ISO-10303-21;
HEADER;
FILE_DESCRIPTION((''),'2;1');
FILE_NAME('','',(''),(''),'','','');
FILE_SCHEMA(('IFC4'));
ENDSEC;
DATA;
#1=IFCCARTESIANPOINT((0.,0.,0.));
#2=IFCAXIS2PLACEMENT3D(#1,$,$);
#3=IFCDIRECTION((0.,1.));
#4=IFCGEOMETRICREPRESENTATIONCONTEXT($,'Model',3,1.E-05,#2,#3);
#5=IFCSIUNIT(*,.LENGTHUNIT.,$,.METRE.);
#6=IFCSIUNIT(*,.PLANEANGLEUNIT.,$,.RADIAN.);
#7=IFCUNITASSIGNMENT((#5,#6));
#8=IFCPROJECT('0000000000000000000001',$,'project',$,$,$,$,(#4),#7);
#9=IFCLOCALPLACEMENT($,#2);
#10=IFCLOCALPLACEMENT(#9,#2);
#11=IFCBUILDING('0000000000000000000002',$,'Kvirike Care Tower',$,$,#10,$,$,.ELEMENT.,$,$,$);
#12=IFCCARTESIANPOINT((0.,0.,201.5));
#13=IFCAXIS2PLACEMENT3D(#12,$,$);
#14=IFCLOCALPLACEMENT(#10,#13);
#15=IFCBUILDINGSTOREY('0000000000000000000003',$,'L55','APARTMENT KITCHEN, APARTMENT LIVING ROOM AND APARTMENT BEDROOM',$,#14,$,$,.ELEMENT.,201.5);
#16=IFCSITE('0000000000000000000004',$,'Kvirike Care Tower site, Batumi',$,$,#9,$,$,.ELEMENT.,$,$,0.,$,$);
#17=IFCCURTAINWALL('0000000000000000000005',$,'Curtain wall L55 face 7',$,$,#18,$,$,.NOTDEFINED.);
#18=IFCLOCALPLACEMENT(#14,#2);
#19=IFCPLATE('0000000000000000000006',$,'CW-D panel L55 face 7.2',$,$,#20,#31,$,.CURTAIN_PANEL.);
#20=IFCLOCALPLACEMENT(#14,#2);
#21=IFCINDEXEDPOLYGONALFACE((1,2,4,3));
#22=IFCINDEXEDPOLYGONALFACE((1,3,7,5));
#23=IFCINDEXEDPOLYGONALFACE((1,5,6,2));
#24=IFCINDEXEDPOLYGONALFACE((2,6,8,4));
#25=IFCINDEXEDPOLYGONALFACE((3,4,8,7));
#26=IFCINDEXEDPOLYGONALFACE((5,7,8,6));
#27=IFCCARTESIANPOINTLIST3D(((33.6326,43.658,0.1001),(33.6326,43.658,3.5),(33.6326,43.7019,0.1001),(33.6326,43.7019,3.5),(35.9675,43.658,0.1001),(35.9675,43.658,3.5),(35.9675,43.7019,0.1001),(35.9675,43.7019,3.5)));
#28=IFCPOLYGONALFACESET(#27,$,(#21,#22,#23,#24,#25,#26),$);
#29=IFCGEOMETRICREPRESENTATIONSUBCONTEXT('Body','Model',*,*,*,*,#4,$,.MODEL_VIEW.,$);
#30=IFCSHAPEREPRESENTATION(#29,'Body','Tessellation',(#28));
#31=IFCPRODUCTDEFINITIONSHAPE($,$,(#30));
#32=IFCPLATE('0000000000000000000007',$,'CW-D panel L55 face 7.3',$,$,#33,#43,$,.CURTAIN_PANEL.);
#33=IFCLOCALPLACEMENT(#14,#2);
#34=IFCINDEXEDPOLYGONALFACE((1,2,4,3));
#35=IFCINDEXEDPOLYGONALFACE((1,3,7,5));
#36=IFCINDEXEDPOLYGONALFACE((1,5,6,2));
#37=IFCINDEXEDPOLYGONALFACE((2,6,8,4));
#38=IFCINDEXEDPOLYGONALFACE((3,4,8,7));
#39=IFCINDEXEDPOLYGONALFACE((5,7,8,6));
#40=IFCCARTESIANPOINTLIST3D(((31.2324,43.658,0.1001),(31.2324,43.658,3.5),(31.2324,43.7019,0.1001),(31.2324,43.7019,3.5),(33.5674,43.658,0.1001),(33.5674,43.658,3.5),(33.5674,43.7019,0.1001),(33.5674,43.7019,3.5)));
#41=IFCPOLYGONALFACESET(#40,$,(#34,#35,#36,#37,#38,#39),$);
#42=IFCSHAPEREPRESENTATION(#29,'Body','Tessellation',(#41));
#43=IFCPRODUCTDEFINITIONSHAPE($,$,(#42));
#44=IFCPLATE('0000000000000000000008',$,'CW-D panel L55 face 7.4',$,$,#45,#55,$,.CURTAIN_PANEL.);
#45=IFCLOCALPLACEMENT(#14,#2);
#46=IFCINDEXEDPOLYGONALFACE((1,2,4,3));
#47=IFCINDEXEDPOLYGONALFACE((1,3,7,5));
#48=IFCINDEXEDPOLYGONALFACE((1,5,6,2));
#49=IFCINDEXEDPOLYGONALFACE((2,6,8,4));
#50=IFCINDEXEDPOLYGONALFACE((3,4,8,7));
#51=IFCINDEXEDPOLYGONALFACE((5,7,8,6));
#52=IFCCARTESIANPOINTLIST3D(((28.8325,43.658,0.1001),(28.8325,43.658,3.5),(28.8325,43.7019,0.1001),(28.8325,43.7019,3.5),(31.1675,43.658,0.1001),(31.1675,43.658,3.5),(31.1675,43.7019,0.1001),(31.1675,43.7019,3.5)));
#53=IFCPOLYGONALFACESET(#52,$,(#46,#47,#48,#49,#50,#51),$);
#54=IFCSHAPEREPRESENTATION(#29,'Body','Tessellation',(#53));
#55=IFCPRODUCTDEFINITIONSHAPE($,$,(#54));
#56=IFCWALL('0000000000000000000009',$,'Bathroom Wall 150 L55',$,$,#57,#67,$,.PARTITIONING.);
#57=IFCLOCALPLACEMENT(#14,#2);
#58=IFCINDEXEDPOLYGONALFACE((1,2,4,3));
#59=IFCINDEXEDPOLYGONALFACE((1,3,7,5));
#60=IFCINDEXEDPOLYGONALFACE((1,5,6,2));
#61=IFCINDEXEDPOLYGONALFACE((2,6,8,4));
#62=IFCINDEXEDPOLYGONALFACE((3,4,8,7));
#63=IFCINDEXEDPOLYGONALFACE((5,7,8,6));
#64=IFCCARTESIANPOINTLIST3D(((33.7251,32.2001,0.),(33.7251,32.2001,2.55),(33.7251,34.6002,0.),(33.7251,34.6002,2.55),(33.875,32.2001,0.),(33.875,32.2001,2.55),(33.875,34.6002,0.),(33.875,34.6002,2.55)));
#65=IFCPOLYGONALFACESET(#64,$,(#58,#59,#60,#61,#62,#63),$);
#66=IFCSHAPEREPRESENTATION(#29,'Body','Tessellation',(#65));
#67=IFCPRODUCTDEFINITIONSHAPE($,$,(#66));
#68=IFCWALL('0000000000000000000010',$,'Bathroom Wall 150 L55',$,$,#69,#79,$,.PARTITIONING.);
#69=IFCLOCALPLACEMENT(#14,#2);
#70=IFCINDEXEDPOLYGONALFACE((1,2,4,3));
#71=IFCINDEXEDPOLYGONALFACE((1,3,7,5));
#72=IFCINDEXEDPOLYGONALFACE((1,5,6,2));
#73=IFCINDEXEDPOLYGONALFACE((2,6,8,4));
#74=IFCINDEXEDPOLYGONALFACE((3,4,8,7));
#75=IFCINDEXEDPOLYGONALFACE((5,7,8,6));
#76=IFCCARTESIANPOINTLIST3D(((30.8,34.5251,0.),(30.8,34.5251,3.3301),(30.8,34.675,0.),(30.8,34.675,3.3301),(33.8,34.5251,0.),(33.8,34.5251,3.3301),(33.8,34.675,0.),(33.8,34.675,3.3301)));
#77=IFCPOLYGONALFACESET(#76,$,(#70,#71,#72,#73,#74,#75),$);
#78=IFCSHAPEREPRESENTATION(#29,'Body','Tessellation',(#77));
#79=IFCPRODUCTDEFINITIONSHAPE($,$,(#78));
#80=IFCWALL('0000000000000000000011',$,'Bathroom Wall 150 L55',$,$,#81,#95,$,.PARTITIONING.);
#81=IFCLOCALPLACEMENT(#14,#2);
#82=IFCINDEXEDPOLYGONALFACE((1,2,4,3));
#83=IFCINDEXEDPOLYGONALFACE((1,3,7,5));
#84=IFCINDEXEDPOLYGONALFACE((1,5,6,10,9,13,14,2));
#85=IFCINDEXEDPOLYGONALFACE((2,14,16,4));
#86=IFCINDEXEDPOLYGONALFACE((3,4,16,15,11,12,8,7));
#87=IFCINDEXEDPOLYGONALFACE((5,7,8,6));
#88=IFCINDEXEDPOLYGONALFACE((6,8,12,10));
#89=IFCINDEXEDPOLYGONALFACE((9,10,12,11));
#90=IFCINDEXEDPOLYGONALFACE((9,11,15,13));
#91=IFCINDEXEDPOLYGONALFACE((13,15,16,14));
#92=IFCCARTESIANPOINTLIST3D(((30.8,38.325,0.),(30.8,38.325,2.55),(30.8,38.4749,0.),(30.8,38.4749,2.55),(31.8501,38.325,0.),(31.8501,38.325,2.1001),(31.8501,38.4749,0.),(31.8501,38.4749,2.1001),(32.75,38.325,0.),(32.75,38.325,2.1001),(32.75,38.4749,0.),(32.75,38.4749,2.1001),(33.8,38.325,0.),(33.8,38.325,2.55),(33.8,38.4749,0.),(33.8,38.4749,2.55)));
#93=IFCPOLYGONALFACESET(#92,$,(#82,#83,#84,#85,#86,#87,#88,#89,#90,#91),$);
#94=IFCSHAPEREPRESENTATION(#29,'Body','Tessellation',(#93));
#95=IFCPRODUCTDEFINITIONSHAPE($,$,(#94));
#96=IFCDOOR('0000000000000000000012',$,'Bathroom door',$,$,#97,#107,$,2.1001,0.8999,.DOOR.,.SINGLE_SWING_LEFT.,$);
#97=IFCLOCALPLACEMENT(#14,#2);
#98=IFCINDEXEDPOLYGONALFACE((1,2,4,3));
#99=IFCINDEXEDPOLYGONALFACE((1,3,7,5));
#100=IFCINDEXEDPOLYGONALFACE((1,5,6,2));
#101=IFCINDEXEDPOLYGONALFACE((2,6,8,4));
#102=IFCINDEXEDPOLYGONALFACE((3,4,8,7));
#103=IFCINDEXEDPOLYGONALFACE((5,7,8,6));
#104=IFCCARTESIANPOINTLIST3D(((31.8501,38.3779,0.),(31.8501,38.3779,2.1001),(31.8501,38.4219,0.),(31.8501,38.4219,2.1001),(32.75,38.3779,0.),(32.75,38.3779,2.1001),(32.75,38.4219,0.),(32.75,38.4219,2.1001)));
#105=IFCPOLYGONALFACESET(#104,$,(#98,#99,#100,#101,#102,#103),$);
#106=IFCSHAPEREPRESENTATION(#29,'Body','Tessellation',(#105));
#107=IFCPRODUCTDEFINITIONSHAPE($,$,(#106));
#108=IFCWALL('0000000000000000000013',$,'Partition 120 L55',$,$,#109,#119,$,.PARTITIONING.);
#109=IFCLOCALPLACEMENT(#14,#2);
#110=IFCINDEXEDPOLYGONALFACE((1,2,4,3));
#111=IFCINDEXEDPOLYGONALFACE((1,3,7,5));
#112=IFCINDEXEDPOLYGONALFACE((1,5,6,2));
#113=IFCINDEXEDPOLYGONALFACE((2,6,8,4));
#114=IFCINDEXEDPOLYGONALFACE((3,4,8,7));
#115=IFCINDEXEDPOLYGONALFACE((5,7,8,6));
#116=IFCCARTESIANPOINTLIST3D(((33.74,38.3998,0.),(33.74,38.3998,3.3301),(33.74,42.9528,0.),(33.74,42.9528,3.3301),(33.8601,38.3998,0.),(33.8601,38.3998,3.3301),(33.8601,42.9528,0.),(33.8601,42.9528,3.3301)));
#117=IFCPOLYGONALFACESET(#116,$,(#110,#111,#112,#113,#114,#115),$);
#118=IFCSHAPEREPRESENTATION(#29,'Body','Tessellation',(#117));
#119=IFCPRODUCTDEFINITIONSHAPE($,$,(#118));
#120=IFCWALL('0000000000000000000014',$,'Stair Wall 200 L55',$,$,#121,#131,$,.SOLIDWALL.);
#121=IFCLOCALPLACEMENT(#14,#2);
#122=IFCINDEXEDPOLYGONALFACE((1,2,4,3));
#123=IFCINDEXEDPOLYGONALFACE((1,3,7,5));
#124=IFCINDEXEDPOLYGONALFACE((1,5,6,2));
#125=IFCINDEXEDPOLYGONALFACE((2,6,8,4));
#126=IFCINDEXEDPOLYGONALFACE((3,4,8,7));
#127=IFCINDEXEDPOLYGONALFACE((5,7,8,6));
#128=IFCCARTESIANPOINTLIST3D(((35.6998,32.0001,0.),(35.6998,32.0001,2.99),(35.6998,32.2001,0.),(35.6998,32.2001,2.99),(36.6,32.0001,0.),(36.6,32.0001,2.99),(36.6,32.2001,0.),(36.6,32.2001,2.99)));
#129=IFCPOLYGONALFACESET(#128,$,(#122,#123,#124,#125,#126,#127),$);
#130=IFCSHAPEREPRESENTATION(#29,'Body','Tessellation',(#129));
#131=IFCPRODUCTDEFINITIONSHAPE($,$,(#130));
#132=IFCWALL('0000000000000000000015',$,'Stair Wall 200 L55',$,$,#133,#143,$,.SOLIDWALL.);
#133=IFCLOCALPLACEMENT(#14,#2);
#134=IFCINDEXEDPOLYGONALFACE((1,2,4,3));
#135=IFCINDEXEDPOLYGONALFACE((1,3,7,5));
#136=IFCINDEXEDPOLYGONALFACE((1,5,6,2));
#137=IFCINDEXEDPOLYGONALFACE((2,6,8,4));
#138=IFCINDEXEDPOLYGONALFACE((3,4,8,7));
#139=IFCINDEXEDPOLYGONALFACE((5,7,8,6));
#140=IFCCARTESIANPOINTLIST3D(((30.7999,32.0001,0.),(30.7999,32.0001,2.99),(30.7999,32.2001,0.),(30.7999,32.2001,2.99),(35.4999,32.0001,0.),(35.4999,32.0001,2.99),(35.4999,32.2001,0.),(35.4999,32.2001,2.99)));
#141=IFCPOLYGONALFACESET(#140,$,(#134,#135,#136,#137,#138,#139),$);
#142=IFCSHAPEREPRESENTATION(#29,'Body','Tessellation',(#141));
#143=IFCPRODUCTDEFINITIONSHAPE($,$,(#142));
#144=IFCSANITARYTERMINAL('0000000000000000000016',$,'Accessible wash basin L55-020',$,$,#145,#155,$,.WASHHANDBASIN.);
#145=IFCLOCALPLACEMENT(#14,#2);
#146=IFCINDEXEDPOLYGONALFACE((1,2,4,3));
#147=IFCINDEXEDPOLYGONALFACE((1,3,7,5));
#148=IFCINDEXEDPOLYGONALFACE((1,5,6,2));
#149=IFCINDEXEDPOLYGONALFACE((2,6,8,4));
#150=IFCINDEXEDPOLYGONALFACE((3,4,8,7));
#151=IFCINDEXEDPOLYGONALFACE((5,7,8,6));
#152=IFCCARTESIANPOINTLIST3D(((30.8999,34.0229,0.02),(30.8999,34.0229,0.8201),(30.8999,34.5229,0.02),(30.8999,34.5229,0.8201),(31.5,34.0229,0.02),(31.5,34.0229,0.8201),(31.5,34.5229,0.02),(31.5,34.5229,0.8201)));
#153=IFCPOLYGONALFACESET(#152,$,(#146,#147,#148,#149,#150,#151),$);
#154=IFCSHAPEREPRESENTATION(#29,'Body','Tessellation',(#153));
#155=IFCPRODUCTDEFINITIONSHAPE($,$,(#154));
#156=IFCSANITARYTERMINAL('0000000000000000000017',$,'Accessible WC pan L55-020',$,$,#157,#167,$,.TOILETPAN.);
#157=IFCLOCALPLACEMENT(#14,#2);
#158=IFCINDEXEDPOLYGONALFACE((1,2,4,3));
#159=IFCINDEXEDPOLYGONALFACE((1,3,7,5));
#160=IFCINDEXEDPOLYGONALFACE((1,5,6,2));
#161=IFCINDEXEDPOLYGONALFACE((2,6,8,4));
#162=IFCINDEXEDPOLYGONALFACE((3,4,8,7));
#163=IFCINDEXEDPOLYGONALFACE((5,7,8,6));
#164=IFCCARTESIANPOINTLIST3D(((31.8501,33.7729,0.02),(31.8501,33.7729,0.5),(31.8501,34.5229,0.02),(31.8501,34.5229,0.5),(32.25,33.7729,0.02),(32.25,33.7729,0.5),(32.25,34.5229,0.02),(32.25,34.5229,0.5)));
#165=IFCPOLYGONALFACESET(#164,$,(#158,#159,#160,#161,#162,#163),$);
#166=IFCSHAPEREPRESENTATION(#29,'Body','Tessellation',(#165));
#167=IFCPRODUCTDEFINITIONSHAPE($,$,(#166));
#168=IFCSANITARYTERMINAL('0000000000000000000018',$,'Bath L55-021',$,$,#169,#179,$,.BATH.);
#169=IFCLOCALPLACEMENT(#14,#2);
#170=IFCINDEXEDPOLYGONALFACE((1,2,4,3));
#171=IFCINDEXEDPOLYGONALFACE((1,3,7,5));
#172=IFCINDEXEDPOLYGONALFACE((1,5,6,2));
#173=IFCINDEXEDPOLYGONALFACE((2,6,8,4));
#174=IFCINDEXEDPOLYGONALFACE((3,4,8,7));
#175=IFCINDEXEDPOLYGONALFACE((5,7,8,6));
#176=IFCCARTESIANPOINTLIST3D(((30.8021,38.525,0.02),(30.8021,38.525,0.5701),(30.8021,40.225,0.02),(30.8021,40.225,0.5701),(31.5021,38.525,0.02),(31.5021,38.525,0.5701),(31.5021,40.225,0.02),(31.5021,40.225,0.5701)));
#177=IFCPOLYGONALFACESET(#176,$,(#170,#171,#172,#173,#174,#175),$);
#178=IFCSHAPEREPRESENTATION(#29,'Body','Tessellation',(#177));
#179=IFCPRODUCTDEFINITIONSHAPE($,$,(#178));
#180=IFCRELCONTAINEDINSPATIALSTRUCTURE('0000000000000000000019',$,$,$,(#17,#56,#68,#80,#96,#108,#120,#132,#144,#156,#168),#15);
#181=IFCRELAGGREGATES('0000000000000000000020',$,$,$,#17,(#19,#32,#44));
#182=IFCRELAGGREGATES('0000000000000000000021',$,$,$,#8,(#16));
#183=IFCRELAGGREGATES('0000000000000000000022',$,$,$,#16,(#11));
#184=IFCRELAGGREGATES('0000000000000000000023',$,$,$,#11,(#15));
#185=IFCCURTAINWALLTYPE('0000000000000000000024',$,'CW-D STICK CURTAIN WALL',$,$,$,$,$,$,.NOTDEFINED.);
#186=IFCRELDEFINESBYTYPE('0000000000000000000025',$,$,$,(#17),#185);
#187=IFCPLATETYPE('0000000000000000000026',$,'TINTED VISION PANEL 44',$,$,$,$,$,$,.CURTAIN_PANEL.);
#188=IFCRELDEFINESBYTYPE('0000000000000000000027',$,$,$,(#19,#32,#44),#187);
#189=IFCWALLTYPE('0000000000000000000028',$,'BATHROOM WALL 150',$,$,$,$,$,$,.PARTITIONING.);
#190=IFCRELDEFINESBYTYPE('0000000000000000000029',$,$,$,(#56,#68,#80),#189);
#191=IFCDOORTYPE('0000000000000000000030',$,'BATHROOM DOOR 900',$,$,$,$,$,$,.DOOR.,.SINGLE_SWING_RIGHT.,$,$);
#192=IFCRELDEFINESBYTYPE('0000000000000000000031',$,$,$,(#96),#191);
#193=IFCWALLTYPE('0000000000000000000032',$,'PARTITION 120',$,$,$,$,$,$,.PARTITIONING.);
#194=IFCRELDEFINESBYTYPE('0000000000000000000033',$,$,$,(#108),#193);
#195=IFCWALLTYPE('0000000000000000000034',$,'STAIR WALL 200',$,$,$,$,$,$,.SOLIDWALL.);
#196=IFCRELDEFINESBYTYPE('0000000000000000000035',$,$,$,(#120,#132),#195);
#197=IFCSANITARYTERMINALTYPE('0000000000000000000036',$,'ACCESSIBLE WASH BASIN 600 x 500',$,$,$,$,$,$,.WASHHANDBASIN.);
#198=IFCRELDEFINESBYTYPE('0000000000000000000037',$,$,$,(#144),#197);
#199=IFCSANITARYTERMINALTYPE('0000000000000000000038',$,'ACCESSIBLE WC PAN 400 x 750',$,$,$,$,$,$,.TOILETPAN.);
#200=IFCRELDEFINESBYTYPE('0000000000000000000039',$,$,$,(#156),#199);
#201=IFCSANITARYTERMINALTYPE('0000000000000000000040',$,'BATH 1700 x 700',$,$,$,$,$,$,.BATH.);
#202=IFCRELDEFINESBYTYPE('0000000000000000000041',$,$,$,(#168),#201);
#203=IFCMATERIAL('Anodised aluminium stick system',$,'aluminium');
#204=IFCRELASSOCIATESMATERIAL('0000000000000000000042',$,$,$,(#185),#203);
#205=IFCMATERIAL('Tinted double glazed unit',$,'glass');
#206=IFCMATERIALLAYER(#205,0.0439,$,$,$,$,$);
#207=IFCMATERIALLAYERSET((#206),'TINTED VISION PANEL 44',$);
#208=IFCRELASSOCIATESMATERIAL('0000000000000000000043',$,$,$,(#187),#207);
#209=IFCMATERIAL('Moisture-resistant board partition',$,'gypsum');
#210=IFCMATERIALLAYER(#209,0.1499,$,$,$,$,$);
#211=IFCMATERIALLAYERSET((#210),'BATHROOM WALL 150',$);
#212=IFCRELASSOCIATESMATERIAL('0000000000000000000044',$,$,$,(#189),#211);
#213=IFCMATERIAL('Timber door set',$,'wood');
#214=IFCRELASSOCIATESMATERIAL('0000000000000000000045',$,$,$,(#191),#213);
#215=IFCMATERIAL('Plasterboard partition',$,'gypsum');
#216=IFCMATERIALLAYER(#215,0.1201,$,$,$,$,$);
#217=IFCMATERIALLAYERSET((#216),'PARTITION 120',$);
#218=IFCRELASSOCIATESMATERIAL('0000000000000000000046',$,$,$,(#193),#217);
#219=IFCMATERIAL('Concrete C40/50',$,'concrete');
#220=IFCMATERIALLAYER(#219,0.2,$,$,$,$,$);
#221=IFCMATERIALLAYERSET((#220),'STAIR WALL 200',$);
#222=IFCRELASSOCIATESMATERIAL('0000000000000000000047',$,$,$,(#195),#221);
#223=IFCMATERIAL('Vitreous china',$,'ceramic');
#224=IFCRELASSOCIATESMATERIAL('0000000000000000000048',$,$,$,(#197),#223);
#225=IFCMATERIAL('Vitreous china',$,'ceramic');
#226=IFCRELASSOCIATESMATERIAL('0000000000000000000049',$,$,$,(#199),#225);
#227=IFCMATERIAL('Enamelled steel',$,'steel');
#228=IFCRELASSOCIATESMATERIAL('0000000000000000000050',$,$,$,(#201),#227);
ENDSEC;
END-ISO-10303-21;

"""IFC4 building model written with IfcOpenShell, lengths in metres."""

from ifc_helpers import new_model, si_unit, direction, frame, frame_2d, origin, origin_2d, place, context, subcontext, project, spatial, rectangle, extrude, material, layer, layer_set, type_object, element, fill, aggregate, save


model = new_model("IFC4")

# Units and contexts
model_context = context("Model", 3, precision=1e-05, world=origin(), true_north=direction((0.0, 1.0)))
body_context = subcontext(model_context, "Body", "Model", "MODEL_VIEW")
ifc_project = project(units=[si_unit("LENGTHUNIT", "METRE"), si_unit("PLANEANGLEUNIT", "RADIAN")], contexts=[model_context])

# Site, building, storey
site_placement = place(None, origin())
site = spatial("IfcSite", under=ifc_project, at=site_placement, Name="Kvirike Care Tower site, Batumi", CompositionType="ELEMENT", RefElevation=0.0)
building_placement = place(site_placement, origin())
building = spatial("IfcBuilding", under=site, at=building_placement, Name="Kvirike Care Tower", CompositionType="ELEMENT")
storey_placement = place(building_placement, frame((0.0, 0.0, 201.5)))
storey = spatial("IfcBuildingStorey", under=building, at=storey_placement, Name="L55", Description="APARTMENT KITCHEN, APARTMENT LIVING ROOM AND APARTMENT BEDROOM", CompositionType="ELEMENT", Elevation=201.5)

# Curtain wall
ifc_material_1 = material(Name="Anodised aluminium stick system", Category="aluminium")
curtain_wall_type = type_object("IfcCurtainWallType", Name="CW-D STICK CURTAIN WALL", PredefinedType="NOTDEFINED", material=ifc_material_1)
curtain_wall_placement = place(storey_placement, origin())
curtain_wall = element("IfcCurtainWall", 1, at=curtain_wall_placement, inside=storey, type_object=curtain_wall_type, Name="Curtain wall L55 face 7", PredefinedType="NOTDEFINED")

# Plates
ifc_material_2 = material(Name="Tinted double glazed unit", Category="glass")
ifc_layer_1 = layer(ifc_material_2, 0.0439)
ifc_layer_set_1 = layer_set([ifc_layer_1], Name="TINTED VISION PANEL 44")
plate_type = type_object("IfcPlateType", Name="TINTED VISION PANEL 44", PredefinedType="CURTAIN_PANEL", material=ifc_layer_set_1)
plate_1_placement = place(storey_placement, frame((34.8, 43.6799, 0.1001), z_axis=(0.0, 0.0, 1.0), x_axis=(-1.0, 0.0, 0.0)))
plate_1 = element("IfcPlate", 2, at=plate_1_placement, type_object=plate_type, Name="CW-D panel L55 face 7.2", PredefinedType="CURTAIN_PANEL", context=body_context, shape_type="SweptSolid", body=[
    extrude(rectangle(XDim=2.335, YDim=0.0439, at=origin_2d()), origin(), (0.0, 0.0, 1.0), 3.3999),
])
plate_2_placement = place(storey_placement, frame((32.3999, 43.6799, 0.1001), z_axis=(0.0, 0.0, 1.0), x_axis=(-1.0, 0.0, 0.0)))
plate_2 = element("IfcPlate", 3, at=plate_2_placement, type_object=plate_type, Name="CW-D panel L55 face 7.3", PredefinedType="CURTAIN_PANEL", context=body_context, shape_type="SweptSolid", body=[
    extrude(rectangle(XDim=2.335, YDim=0.0439, at=origin_2d()), origin(), (0.0, 0.0, 1.0), 3.3999),
])
plate_3_placement = place(storey_placement, frame((30.0, 43.6799, 0.1001), z_axis=(0.0, 0.0, 1.0), x_axis=(-1.0, 0.0, 0.0)))
plate_3 = element("IfcPlate", 4, at=plate_3_placement, type_object=plate_type, Name="CW-D panel L55 face 7.4", PredefinedType="CURTAIN_PANEL", context=body_context, shape_type="SweptSolid", body=[
    extrude(rectangle(XDim=2.335, YDim=0.0439, at=origin_2d()), origin(), (0.0, 0.0, 1.0), 3.3999),
])
aggregate(curtain_wall, [plate_1, plate_2, plate_3])

# Walls
ifc_material_3 = material(Name="Moisture-resistant board partition", Category="gypsum")
ifc_layer_2 = layer(ifc_material_3, 0.1499)
ifc_layer_set_2 = layer_set([ifc_layer_2], Name="BATHROOM WALL 150")
wall_type_1 = type_object("IfcWallType", Name="BATHROOM WALL 150", PredefinedType="PARTITIONING", material=ifc_layer_set_2)
wall_1_placement = place(storey_placement, frame((33.8, 32.2, 0.0), z_axis=(0.0, 0.0, 1.0), x_axis=(0.0, 1.0, 0.0)))
element("IfcWall", 5, at=wall_1_placement, inside=storey, type_object=wall_type_1, Name="Bathroom Wall 150 L55", PredefinedType="PARTITIONING", context=body_context, shape_type="SweptSolid", body=[
    extrude(rectangle(XDim=2.4001, YDim=0.1499, at=frame_2d((1.2002, 0.0))), origin(), (0.0, 0.0, 1.0), 2.55),
])
wall_2_placement = place(storey_placement, frame((33.8, 34.6001, 0.0), z_axis=(0.0, 0.0, 1.0), x_axis=(-1.0, 0.0, 0.0)))
element("IfcWall", 6, at=wall_2_placement, inside=storey, type_object=wall_type_1, Name="Bathroom Wall 150 L55", PredefinedType="PARTITIONING", context=body_context, shape_type="SweptSolid", body=[
    extrude(rectangle(XDim=3.0, YDim=0.1499, at=frame_2d((1.5, 0.0))), origin(), (0.0, 0.0, 1.0), 3.3301),
])

# Wall, opening, door
wall_3_placement = place(storey_placement, frame((33.8, 38.3999, 0.0), z_axis=(0.0, 0.0, 1.0), x_axis=(-1.0, 0.0, 0.0)))
wall_3 = element("IfcWall", 7, at=wall_3_placement, inside=storey, type_object=wall_type_1, Name="Bathroom Wall 150 L55", PredefinedType="PARTITIONING", context=body_context, shape_type="SweptSolid", body=[
    extrude(rectangle(XDim=3.0, YDim=0.1499, at=frame_2d((1.5, 0.0))), origin(), (0.0, 0.0, 1.0), 2.55),
])
opening_placement = place(wall_3_placement, frame((1.05, 0.0, 0.0)))
opening = element("IfcOpeningElement", 8, at=opening_placement, cuts=wall_3, PredefinedType="OPENING", context=body_context, shape_type="SweptSolid", body=[
    extrude(rectangle(XDim=0.8999, YDim=2.1001, at=frame_2d((0.45, 1.05))), frame((0.0, 0.0854, 0.0), z_axis=(0.0, -1.0, 0.0), x_axis=(1.0, 0.0, 0.0)), (0.0, 0.0, 1.0), 0.1709),
])
ifc_material_4 = material(Name="Timber door set", Category="wood")
door_type = type_object("IfcDoorType", Name="BATHROOM DOOR 900", OperationType="SINGLE_SWING_RIGHT", PredefinedType="DOOR", material=ifc_material_4)
door_placement = place(opening_placement, frame((0.8999, 0.0, 0.0), z_axis=(0.0, 0.0, 1.0), x_axis=(-1.0, 0.0, 0.0)))
door = element("IfcDoor", 9, at=door_placement, inside=storey, type_object=door_type, Name="Bathroom door", OperationType="SINGLE_SWING_LEFT", OverallHeight=2.1001, OverallWidth=0.8999, PredefinedType="DOOR", context=body_context, shape_type="SweptSolid", body=[
    extrude(rectangle(XDim=0.8999, YDim=2.1001, at=frame_2d((0.45, 1.05))), frame((0.0, 0.022, 0.0), z_axis=(0.0, -1.0, 0.0), x_axis=(1.0, 0.0, 0.0)), (0.0, 0.0, 1.0), 0.0439),
])
fill(opening, door)

# Walls
ifc_material_5 = material(Name="Plasterboard partition", Category="gypsum")
ifc_layer_3 = layer(ifc_material_5, 0.1201)
ifc_layer_set_3 = layer_set([ifc_layer_3], Name="PARTITION 120")
wall_type_2 = type_object("IfcWallType", Name="PARTITION 120", PredefinedType="PARTITIONING", material=ifc_layer_set_3)
wall_4_placement = place(storey_placement, frame((33.8, 38.3999, 0.0), z_axis=(0.0, 0.0, 1.0), x_axis=(0.0, 1.0, 0.0)))
element("IfcWall", 10, at=wall_4_placement, inside=storey, type_object=wall_type_2, Name="Partition 120 L55", PredefinedType="PARTITIONING", context=body_context, shape_type="SweptSolid", body=[
    extrude(rectangle(XDim=4.553, YDim=0.1201, at=frame_2d((2.2764, 0.0))), origin(), (0.0, 0.0, 1.0), 3.3301),
])
ifc_material_6 = material(Name="Concrete C40/50", Category="concrete")
ifc_layer_4 = layer(ifc_material_6, 0.2)
ifc_layer_set_4 = layer_set([ifc_layer_4], Name="STAIR WALL 200")
wall_type_3 = type_object("IfcWallType", Name="STAIR WALL 200", PredefinedType="SOLIDWALL", material=ifc_layer_set_4)
wall_5_placement = place(storey_placement, frame((36.6001, 32.1001, 0.0), z_axis=(0.0, 0.0, 1.0), x_axis=(-1.0, 0.0, 0.0)))
element("IfcWall", 11, at=wall_5_placement, inside=storey, type_object=wall_type_3, Name="Stair Wall 200 L55", PredefinedType="SOLIDWALL", context=body_context, shape_type="SweptSolid", body=[
    extrude(rectangle(XDim=0.9001, YDim=0.2, at=frame_2d((0.4502, 0.0))), origin(), (0.0, 0.0, 1.0), 2.99),
])
wall_6_placement = place(storey_placement, frame((35.5, 32.1001, 0.0), z_axis=(0.0, 0.0, 1.0), x_axis=(-1.0, 0.0, 0.0)))
element("IfcWall", 12, at=wall_6_placement, inside=storey, type_object=wall_type_3, Name="Stair Wall 200 L55", PredefinedType="SOLIDWALL", context=body_context, shape_type="SweptSolid", body=[
    extrude(rectangle(XDim=4.7, YDim=0.2, at=frame_2d((2.3501, 0.0))), origin(), (0.0, 0.0, 1.0), 2.99),
])

# Sanitary terminals
ifc_material_7 = material(Name="Vitreous china", Category="ceramic")
sanitary_terminal_type_1 = type_object("IfcSanitaryTerminalType", Name="ACCESSIBLE WASH BASIN 600 x 500", PredefinedType="WASHHANDBASIN", material=ifc_material_7)
sanitary_terminal_1_placement = place(storey_placement, frame((31.2, 34.2729, 0.02), z_axis=(0.0, 0.0, 1.0), x_axis=(1.0, 0.0, 0.0)))
element("IfcSanitaryTerminal", 13, at=sanitary_terminal_1_placement, inside=storey, type_object=sanitary_terminal_type_1, Name="Accessible wash basin L55-020", PredefinedType="WASHHANDBASIN", context=body_context, shape_type="SweptSolid", body=[
    extrude(rectangle(XDim=0.6001, YDim=0.5, at=origin_2d()), origin(), (0.0, 0.0, 1.0), 0.8),
])
ifc_material_8 = material(Name="Vitreous china", Category="ceramic")
sanitary_terminal_type_2 = type_object("IfcSanitaryTerminalType", Name="ACCESSIBLE WC PAN 400 x 750", PredefinedType="TOILETPAN", material=ifc_material_8)
sanitary_terminal_2_placement = place(storey_placement, frame((32.05, 34.1479, 0.02), z_axis=(0.0, 0.0, 1.0), x_axis=(1.0, 0.0, 0.0)))
element("IfcSanitaryTerminal", 14, at=sanitary_terminal_2_placement, inside=storey, type_object=sanitary_terminal_type_2, Name="Accessible WC pan L55-020", PredefinedType="TOILETPAN", context=body_context, shape_type="SweptSolid", body=[
    extrude(rectangle(XDim=0.3999, YDim=0.75, at=origin_2d()), origin(), (0.0, 0.0, 1.0), 0.48),
])
ifc_material_9 = material(Name="Enamelled steel", Category="steel")
sanitary_terminal_type_3 = type_object("IfcSanitaryTerminalType", Name="BATH 1700 x 700", PredefinedType="BATH", material=ifc_material_9)
sanitary_terminal_3_placement = place(storey_placement, frame((31.1521, 39.375, 0.02), z_axis=(0.0, 0.0, 1.0), x_axis=(0.0, 1.0, 0.0)))
element("IfcSanitaryTerminal", 15, at=sanitary_terminal_3_placement, inside=storey, type_object=sanitary_terminal_type_3, Name="Bath L55-021", PredefinedType="BATH", context=body_context, shape_type="SweptSolid", body=[
    extrude(rectangle(XDim=1.7, YDim=0.7, at=origin_2d()), origin(), (0.0, 0.0, 1.0), 0.55),
])

save(model, "model.ifc")
